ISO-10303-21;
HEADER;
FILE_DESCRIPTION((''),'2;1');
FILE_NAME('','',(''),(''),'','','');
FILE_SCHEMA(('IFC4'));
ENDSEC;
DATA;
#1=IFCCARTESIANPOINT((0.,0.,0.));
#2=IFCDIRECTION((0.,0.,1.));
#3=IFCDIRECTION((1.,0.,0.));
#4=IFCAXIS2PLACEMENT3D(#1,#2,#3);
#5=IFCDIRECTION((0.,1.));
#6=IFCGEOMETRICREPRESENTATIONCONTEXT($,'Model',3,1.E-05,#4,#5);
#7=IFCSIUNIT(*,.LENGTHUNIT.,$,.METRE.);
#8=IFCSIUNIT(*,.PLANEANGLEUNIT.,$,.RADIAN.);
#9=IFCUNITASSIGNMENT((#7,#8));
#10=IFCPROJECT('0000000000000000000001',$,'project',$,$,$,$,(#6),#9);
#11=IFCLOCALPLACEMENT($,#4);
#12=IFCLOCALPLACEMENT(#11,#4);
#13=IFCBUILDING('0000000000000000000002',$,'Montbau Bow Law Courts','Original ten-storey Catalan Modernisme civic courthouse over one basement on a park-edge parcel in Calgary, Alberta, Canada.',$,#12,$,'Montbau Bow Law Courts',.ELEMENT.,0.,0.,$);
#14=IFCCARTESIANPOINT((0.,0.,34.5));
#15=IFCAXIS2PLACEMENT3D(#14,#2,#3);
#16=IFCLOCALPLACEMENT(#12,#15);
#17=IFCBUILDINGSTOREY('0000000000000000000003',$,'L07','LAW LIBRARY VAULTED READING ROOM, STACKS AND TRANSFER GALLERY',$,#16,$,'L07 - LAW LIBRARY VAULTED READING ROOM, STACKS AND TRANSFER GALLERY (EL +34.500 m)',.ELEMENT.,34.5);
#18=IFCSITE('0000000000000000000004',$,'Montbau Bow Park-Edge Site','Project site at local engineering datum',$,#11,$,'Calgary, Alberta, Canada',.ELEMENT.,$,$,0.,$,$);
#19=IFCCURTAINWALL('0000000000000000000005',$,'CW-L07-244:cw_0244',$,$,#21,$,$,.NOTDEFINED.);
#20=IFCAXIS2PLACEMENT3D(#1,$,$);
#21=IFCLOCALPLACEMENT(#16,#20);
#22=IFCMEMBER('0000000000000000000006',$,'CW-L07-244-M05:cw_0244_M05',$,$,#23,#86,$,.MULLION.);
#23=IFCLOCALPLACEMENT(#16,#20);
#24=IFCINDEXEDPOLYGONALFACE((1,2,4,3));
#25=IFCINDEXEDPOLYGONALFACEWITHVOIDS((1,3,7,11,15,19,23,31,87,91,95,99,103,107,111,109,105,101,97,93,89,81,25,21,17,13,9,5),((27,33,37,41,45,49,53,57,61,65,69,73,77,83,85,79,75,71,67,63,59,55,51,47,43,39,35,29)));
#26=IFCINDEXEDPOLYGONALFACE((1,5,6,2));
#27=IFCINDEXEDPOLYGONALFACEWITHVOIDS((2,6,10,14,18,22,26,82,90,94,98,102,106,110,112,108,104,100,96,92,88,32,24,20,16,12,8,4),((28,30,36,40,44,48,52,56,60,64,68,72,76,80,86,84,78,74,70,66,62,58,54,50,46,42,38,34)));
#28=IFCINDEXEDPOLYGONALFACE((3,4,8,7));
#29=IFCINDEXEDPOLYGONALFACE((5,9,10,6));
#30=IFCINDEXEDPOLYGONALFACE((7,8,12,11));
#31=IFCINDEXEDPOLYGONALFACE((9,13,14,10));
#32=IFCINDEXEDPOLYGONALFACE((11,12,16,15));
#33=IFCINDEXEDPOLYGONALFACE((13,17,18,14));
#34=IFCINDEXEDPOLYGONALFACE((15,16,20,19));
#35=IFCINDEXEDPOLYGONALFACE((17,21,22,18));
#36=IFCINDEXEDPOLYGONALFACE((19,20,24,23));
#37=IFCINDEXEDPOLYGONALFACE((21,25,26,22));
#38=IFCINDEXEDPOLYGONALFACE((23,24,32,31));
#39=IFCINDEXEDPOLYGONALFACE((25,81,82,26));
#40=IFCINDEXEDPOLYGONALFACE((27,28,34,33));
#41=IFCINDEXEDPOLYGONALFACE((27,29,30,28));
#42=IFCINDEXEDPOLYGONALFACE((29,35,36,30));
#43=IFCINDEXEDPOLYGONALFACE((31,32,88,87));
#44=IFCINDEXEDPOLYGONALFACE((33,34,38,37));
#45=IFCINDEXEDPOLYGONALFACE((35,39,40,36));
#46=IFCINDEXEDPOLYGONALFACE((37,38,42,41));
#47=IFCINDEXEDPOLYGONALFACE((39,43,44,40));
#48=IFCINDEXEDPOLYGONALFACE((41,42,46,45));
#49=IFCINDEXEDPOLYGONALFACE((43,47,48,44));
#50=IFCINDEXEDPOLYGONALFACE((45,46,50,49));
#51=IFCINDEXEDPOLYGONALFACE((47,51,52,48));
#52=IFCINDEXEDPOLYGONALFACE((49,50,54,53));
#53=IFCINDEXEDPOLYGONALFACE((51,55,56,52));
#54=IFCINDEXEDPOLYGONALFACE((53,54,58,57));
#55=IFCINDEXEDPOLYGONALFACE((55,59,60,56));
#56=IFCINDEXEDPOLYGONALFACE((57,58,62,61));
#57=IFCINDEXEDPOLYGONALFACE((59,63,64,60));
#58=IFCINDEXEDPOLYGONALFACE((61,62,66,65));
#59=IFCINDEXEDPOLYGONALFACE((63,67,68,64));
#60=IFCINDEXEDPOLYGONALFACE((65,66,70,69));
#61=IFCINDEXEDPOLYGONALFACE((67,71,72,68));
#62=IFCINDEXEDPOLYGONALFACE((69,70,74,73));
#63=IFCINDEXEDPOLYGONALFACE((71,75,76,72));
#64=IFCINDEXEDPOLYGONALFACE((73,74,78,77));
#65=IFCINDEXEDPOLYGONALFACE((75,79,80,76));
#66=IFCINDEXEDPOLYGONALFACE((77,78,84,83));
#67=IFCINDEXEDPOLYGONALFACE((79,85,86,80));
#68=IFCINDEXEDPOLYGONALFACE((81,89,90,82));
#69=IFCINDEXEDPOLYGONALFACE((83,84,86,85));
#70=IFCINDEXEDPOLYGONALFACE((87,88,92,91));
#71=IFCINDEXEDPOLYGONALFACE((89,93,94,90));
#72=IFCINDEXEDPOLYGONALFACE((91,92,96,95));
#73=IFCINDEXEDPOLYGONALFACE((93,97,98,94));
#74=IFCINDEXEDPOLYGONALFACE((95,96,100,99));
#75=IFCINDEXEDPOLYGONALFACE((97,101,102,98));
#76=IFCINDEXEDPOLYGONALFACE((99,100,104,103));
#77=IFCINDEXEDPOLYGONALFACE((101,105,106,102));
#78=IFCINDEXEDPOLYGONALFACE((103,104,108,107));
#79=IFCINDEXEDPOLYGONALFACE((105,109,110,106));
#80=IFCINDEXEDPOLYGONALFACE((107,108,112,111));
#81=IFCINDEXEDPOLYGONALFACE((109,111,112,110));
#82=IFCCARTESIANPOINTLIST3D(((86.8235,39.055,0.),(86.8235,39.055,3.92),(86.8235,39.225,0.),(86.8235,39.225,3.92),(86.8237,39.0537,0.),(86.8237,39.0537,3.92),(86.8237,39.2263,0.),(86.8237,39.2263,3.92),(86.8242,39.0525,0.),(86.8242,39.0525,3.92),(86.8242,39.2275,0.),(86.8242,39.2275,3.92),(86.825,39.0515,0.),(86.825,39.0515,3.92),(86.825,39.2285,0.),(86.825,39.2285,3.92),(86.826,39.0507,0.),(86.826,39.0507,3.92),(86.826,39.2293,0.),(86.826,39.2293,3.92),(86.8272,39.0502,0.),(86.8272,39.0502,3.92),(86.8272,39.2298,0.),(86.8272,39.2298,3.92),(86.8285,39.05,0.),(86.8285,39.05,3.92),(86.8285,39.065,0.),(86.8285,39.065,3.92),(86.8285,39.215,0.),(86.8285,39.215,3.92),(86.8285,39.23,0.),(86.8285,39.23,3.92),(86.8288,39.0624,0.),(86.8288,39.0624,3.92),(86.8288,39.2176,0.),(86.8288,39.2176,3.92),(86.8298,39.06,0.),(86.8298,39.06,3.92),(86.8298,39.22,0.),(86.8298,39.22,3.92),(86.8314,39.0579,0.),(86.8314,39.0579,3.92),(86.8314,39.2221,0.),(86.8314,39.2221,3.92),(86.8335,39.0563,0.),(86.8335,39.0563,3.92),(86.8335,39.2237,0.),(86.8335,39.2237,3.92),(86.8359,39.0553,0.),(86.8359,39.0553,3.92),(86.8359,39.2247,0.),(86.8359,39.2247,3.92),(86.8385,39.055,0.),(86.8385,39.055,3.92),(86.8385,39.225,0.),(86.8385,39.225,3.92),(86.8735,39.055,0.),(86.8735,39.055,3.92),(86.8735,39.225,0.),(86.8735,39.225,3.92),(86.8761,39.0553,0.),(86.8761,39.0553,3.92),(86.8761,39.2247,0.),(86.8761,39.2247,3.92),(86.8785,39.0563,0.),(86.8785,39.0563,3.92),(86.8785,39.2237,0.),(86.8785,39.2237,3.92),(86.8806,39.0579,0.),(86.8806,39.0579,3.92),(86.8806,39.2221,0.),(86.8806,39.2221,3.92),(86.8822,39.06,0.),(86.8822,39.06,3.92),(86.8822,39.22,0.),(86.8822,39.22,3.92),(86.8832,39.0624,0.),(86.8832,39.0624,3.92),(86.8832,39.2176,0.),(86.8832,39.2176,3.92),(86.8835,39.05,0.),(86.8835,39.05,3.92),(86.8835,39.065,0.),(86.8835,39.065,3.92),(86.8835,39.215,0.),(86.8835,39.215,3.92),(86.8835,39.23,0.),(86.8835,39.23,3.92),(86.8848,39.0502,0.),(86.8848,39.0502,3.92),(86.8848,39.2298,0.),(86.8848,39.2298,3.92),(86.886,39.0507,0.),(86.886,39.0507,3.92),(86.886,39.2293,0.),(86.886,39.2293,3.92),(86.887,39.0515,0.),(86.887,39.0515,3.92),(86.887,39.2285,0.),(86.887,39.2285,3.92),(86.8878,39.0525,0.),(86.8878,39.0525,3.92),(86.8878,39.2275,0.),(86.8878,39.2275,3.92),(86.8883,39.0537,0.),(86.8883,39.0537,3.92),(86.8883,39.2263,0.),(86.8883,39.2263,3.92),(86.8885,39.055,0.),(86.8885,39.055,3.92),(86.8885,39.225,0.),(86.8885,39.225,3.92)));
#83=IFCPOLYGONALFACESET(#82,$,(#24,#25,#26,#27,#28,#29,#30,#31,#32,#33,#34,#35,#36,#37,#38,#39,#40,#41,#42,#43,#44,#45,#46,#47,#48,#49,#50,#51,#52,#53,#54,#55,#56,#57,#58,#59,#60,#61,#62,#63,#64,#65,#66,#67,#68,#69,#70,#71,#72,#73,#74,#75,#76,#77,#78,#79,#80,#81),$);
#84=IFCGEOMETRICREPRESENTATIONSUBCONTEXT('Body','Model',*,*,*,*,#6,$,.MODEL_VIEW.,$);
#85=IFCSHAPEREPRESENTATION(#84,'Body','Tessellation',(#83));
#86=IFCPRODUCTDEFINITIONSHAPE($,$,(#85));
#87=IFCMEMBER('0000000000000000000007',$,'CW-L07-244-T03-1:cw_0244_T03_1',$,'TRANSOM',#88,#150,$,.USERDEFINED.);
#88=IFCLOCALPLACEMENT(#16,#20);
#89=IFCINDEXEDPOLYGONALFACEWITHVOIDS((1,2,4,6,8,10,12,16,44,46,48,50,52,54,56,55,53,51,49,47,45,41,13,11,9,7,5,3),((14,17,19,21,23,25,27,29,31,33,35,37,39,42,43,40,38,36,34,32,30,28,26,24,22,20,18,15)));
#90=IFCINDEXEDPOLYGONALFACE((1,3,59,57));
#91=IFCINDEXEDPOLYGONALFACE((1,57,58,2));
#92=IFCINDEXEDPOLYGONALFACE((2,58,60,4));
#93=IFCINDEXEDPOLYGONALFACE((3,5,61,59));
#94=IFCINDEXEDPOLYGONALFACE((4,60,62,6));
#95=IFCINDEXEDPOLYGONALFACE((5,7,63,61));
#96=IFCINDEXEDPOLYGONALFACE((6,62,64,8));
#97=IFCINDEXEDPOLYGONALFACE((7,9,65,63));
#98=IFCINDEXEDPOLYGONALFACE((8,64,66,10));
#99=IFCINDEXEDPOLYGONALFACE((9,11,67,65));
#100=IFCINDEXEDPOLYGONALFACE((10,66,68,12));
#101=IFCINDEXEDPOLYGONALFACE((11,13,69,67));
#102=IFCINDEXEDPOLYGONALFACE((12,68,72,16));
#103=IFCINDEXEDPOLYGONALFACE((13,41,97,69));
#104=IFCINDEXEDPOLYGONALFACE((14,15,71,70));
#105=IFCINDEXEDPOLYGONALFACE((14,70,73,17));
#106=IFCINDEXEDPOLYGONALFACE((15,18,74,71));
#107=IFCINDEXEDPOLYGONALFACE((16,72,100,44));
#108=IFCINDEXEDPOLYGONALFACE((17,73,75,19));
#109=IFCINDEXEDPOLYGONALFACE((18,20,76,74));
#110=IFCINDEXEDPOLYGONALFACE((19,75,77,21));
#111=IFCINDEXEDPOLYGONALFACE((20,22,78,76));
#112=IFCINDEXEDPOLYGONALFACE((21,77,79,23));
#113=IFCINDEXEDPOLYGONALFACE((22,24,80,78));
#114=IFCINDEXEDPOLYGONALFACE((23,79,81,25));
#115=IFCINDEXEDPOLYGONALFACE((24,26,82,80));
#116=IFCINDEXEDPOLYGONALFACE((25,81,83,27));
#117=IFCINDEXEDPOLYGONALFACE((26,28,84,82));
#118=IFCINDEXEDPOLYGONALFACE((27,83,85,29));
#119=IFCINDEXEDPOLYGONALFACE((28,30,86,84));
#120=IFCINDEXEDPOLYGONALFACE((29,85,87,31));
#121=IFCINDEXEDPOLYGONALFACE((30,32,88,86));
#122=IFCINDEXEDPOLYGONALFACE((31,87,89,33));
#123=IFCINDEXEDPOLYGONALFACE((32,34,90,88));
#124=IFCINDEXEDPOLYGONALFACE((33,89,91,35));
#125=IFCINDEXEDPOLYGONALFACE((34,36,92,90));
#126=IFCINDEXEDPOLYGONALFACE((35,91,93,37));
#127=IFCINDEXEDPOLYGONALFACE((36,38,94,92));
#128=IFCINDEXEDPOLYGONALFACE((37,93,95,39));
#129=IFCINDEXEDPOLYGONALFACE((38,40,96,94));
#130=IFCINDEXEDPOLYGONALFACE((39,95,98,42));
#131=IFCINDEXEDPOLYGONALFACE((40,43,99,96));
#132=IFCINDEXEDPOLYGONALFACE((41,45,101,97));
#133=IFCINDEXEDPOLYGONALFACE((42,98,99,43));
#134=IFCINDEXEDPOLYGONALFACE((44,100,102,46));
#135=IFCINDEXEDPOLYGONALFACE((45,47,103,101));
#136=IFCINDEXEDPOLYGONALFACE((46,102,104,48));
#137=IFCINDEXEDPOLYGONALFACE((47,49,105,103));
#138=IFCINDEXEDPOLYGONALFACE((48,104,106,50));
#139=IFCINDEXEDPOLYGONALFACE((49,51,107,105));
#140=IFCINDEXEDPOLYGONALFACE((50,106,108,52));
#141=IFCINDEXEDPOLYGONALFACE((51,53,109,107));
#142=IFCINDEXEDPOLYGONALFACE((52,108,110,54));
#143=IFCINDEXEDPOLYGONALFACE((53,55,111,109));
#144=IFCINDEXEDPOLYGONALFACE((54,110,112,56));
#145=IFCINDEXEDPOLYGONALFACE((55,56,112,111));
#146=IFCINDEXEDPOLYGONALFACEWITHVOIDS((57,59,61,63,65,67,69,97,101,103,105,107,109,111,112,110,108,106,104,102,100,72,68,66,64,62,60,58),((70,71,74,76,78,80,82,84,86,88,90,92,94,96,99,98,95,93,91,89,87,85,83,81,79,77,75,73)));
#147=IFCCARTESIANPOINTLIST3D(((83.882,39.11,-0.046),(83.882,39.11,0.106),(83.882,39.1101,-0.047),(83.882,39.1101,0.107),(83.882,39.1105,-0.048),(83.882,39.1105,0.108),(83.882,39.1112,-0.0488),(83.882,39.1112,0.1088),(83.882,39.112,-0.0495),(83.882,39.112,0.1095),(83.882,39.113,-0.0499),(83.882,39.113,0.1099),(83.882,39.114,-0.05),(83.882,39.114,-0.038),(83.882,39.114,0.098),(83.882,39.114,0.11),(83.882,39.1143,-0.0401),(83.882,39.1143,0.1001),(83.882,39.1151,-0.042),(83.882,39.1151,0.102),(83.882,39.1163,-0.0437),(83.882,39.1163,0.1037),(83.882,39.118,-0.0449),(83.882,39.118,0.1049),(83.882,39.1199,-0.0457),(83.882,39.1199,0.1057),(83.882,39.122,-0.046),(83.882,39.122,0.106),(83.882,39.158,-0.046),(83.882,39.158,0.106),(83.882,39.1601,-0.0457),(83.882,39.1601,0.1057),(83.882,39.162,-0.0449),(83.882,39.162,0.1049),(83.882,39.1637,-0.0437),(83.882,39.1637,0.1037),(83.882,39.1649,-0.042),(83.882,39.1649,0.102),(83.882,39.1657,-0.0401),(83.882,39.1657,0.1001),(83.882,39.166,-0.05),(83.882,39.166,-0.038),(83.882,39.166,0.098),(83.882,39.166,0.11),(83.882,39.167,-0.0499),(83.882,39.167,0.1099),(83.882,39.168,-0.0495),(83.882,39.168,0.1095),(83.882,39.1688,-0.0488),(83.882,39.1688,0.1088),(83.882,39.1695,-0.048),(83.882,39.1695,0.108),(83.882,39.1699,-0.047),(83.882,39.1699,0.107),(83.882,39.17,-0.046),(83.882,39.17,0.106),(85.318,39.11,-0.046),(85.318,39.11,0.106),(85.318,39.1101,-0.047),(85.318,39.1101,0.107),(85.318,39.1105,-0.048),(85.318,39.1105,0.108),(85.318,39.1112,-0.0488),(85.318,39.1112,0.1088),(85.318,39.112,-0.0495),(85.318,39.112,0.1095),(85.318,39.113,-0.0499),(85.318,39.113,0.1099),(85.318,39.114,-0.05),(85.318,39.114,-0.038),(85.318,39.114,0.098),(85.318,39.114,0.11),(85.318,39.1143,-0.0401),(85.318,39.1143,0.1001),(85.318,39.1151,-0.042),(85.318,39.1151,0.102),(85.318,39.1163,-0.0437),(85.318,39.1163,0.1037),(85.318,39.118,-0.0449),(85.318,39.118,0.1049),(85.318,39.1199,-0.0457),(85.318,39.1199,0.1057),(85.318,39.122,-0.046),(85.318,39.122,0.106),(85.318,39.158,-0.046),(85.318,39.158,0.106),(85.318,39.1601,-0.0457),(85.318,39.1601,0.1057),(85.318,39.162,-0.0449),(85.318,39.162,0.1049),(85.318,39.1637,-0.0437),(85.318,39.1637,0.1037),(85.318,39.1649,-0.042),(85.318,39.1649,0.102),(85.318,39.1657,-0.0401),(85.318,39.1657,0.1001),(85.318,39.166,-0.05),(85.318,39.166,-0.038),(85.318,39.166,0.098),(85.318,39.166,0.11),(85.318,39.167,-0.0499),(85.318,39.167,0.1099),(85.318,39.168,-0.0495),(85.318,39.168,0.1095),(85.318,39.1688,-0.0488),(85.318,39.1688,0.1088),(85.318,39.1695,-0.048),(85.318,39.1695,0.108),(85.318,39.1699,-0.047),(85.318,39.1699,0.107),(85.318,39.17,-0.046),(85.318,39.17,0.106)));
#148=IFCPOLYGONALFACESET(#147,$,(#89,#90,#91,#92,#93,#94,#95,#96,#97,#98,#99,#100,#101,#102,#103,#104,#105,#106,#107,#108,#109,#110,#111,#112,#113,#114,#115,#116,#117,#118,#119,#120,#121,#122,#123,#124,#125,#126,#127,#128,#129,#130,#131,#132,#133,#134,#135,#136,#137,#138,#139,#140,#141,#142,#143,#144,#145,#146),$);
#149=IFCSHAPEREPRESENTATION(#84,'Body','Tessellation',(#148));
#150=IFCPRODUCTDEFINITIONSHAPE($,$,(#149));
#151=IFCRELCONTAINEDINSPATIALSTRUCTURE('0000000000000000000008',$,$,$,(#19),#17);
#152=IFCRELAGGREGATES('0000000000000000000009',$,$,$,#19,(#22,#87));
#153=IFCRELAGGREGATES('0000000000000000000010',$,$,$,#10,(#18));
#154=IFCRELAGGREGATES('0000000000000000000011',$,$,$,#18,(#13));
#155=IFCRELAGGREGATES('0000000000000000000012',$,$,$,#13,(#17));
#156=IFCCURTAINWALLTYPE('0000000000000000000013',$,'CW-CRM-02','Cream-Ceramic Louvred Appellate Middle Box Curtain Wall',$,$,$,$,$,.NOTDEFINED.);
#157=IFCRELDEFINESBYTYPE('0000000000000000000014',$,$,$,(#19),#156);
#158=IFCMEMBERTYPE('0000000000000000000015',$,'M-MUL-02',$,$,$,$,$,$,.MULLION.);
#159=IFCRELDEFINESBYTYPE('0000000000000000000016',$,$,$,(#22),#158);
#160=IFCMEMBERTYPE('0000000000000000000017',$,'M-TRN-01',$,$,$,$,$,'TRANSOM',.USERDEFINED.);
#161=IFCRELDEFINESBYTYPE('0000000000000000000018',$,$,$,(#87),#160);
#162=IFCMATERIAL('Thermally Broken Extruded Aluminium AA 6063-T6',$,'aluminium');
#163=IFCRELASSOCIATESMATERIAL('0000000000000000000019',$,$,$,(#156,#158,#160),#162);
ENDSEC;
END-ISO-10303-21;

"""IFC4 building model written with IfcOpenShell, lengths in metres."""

from ifc_helpers import new_model, si_unit, direction, frame, origin_with_axes, origin_2d_with_axis, place, context, subcontext, project, spatial, hollow_rectangle, extrude, material, material_profile, profile_set, type_object, element, aggregate, save


model = new_model("IFC4")

# Units and contexts
model_context = context("Model", 3, precision=1e-05, world=origin_with_axes(), true_north=direction((0.0, 1.0)))
body_context = subcontext(model_context, "Body", "Model", "MODEL_VIEW")
ifc_project = project(units=[si_unit("LENGTHUNIT", "METRE"), si_unit("PLANEANGLEUNIT", "RADIAN")], contexts=[model_context])

# Site, building, storey
site_placement = place(None, origin_with_axes())
site = spatial("IfcSite", under=ifc_project, at=site_placement, Name="Montbau Bow Park-Edge Site", Description="Project site at local engineering datum", LongName="Calgary, Alberta, Canada", CompositionType="ELEMENT", RefElevation=0.0)
building_placement = place(site_placement, origin_with_axes())
building = spatial("IfcBuilding", under=site, at=building_placement, Name="Montbau Bow Law Courts", Description="Original ten-storey Catalan Modernisme civic courthouse over one basement on a park-edge parcel in Calgary, Alberta, Canada.", LongName="Montbau Bow Law Courts", CompositionType="ELEMENT", ElevationOfRefHeight=0.0, ElevationOfTerrain=0.0)
storey_placement = place(building_placement, frame((0.0, 0.0, 34.5), z_axis=(0.0, 0.0, 1.0), x_axis=(1.0, 0.0, 0.0)))
storey = spatial("IfcBuildingStorey", under=building, at=storey_placement, Name="L07", Description="LAW LIBRARY VAULTED READING ROOM, STACKS AND TRANSFER GALLERY", LongName="L07 - LAW LIBRARY VAULTED READING ROOM, STACKS AND TRANSFER GALLERY (EL +34.500 m)", CompositionType="ELEMENT", Elevation=34.5)

# Curtain wall, members
ifc_material_1 = material(Name="Thermally Broken Extruded Aluminium AA 6063-T6", Category="aluminium")
curtain_wall_type = type_object("IfcCurtainWallType", Name="CW-CRM-02", Description="Cream-Ceramic Louvred Appellate Middle Box Curtain Wall", PredefinedType="NOTDEFINED", material=ifc_material_1)
curtain_wall_placement = place(None, frame((80.84, 39.14, 34.5), z_axis=(0.0, 0.0, 1.0), x_axis=(1.0, 0.0, 0.0)))
curtain_wall = element("IfcCurtainWall", 1, at=curtain_wall_placement, inside=storey, type_object=curtain_wall_type, Name="CW-L07-244:cw_0244", PredefinedType="NOTDEFINED")
ifc_material_profile_1 = material_profile(ifc_material_1, hollow_rectangle(XDim=0.065, YDim=0.18, WallThickness=0.005, InnerFilletRadius=0.01, OuterFilletRadius=0.005, at=origin_2d_with_axis()), Name="CWM-180X65", Category="Main", Priority=0)
ifc_profile_set_1 = profile_set([ifc_material_profile_1], Name="Thermally Broken Extruded Aluminium AA 6063-T6")
member_type_1 = type_object("IfcMemberType", Name="M-MUL-02", PredefinedType="MULLION", material=ifc_profile_set_1)
member_1_placement = place(None, frame((86.856, 39.14, 34.5), z_axis=(0.0, 0.0, 1.0), x_axis=(1.0, 0.0, 0.0)))
member_1 = element("IfcMember", 2, at=member_1_placement, type_object=member_type_1, Name="CW-L07-244-M05:cw_0244_M05", PredefinedType="MULLION", context=body_context, shape_type="SweptSolid", body=[
    extrude(hollow_rectangle(XDim=0.065, YDim=0.18, WallThickness=0.005, InnerFilletRadius=0.01, OuterFilletRadius=0.005, at=origin_2d_with_axis()), origin_with_axes(), (0.0, 0.0, 1.0), 3.92),
])
ifc_material_profile_2 = material_profile(ifc_material_1, hollow_rectangle(XDim=0.06, YDim=0.16, WallThickness=0.004, InnerFilletRadius=0.008, OuterFilletRadius=0.004, at=origin_2d_with_axis()), Name="CWT-160X60", Category="Main", Priority=0)
ifc_profile_set_2 = profile_set([ifc_material_profile_2], Name="Thermally Broken Extruded Aluminium AA 6063-T6")
member_type_2 = type_object("IfcMemberType", Name="M-TRN-01", ElementType="TRANSOM", PredefinedType="USERDEFINED", material=ifc_profile_set_2)
member_2_placement = place(None, frame((83.882, 39.14, 34.53), z_axis=(1.0, 0.0, 0.0), x_axis=(0.0, 1.0, 0.0)))
member_2 = element("IfcMember", 3, at=member_2_placement, type_object=member_type_2, Name="CW-L07-244-T03-1:cw_0244_T03_1", ObjectType="TRANSOM", PredefinedType="USERDEFINED", context=body_context, shape_type="SweptSolid", body=[
    extrude(hollow_rectangle(XDim=0.06, YDim=0.16, WallThickness=0.004, InnerFilletRadius=0.008, OuterFilletRadius=0.004, at=origin_2d_with_axis()), origin_with_axes(), (0.0, 0.0, 1.0), 1.436),
])
aggregate(curtain_wall, [member_1, member_2])

save(model, "model.ifc")
